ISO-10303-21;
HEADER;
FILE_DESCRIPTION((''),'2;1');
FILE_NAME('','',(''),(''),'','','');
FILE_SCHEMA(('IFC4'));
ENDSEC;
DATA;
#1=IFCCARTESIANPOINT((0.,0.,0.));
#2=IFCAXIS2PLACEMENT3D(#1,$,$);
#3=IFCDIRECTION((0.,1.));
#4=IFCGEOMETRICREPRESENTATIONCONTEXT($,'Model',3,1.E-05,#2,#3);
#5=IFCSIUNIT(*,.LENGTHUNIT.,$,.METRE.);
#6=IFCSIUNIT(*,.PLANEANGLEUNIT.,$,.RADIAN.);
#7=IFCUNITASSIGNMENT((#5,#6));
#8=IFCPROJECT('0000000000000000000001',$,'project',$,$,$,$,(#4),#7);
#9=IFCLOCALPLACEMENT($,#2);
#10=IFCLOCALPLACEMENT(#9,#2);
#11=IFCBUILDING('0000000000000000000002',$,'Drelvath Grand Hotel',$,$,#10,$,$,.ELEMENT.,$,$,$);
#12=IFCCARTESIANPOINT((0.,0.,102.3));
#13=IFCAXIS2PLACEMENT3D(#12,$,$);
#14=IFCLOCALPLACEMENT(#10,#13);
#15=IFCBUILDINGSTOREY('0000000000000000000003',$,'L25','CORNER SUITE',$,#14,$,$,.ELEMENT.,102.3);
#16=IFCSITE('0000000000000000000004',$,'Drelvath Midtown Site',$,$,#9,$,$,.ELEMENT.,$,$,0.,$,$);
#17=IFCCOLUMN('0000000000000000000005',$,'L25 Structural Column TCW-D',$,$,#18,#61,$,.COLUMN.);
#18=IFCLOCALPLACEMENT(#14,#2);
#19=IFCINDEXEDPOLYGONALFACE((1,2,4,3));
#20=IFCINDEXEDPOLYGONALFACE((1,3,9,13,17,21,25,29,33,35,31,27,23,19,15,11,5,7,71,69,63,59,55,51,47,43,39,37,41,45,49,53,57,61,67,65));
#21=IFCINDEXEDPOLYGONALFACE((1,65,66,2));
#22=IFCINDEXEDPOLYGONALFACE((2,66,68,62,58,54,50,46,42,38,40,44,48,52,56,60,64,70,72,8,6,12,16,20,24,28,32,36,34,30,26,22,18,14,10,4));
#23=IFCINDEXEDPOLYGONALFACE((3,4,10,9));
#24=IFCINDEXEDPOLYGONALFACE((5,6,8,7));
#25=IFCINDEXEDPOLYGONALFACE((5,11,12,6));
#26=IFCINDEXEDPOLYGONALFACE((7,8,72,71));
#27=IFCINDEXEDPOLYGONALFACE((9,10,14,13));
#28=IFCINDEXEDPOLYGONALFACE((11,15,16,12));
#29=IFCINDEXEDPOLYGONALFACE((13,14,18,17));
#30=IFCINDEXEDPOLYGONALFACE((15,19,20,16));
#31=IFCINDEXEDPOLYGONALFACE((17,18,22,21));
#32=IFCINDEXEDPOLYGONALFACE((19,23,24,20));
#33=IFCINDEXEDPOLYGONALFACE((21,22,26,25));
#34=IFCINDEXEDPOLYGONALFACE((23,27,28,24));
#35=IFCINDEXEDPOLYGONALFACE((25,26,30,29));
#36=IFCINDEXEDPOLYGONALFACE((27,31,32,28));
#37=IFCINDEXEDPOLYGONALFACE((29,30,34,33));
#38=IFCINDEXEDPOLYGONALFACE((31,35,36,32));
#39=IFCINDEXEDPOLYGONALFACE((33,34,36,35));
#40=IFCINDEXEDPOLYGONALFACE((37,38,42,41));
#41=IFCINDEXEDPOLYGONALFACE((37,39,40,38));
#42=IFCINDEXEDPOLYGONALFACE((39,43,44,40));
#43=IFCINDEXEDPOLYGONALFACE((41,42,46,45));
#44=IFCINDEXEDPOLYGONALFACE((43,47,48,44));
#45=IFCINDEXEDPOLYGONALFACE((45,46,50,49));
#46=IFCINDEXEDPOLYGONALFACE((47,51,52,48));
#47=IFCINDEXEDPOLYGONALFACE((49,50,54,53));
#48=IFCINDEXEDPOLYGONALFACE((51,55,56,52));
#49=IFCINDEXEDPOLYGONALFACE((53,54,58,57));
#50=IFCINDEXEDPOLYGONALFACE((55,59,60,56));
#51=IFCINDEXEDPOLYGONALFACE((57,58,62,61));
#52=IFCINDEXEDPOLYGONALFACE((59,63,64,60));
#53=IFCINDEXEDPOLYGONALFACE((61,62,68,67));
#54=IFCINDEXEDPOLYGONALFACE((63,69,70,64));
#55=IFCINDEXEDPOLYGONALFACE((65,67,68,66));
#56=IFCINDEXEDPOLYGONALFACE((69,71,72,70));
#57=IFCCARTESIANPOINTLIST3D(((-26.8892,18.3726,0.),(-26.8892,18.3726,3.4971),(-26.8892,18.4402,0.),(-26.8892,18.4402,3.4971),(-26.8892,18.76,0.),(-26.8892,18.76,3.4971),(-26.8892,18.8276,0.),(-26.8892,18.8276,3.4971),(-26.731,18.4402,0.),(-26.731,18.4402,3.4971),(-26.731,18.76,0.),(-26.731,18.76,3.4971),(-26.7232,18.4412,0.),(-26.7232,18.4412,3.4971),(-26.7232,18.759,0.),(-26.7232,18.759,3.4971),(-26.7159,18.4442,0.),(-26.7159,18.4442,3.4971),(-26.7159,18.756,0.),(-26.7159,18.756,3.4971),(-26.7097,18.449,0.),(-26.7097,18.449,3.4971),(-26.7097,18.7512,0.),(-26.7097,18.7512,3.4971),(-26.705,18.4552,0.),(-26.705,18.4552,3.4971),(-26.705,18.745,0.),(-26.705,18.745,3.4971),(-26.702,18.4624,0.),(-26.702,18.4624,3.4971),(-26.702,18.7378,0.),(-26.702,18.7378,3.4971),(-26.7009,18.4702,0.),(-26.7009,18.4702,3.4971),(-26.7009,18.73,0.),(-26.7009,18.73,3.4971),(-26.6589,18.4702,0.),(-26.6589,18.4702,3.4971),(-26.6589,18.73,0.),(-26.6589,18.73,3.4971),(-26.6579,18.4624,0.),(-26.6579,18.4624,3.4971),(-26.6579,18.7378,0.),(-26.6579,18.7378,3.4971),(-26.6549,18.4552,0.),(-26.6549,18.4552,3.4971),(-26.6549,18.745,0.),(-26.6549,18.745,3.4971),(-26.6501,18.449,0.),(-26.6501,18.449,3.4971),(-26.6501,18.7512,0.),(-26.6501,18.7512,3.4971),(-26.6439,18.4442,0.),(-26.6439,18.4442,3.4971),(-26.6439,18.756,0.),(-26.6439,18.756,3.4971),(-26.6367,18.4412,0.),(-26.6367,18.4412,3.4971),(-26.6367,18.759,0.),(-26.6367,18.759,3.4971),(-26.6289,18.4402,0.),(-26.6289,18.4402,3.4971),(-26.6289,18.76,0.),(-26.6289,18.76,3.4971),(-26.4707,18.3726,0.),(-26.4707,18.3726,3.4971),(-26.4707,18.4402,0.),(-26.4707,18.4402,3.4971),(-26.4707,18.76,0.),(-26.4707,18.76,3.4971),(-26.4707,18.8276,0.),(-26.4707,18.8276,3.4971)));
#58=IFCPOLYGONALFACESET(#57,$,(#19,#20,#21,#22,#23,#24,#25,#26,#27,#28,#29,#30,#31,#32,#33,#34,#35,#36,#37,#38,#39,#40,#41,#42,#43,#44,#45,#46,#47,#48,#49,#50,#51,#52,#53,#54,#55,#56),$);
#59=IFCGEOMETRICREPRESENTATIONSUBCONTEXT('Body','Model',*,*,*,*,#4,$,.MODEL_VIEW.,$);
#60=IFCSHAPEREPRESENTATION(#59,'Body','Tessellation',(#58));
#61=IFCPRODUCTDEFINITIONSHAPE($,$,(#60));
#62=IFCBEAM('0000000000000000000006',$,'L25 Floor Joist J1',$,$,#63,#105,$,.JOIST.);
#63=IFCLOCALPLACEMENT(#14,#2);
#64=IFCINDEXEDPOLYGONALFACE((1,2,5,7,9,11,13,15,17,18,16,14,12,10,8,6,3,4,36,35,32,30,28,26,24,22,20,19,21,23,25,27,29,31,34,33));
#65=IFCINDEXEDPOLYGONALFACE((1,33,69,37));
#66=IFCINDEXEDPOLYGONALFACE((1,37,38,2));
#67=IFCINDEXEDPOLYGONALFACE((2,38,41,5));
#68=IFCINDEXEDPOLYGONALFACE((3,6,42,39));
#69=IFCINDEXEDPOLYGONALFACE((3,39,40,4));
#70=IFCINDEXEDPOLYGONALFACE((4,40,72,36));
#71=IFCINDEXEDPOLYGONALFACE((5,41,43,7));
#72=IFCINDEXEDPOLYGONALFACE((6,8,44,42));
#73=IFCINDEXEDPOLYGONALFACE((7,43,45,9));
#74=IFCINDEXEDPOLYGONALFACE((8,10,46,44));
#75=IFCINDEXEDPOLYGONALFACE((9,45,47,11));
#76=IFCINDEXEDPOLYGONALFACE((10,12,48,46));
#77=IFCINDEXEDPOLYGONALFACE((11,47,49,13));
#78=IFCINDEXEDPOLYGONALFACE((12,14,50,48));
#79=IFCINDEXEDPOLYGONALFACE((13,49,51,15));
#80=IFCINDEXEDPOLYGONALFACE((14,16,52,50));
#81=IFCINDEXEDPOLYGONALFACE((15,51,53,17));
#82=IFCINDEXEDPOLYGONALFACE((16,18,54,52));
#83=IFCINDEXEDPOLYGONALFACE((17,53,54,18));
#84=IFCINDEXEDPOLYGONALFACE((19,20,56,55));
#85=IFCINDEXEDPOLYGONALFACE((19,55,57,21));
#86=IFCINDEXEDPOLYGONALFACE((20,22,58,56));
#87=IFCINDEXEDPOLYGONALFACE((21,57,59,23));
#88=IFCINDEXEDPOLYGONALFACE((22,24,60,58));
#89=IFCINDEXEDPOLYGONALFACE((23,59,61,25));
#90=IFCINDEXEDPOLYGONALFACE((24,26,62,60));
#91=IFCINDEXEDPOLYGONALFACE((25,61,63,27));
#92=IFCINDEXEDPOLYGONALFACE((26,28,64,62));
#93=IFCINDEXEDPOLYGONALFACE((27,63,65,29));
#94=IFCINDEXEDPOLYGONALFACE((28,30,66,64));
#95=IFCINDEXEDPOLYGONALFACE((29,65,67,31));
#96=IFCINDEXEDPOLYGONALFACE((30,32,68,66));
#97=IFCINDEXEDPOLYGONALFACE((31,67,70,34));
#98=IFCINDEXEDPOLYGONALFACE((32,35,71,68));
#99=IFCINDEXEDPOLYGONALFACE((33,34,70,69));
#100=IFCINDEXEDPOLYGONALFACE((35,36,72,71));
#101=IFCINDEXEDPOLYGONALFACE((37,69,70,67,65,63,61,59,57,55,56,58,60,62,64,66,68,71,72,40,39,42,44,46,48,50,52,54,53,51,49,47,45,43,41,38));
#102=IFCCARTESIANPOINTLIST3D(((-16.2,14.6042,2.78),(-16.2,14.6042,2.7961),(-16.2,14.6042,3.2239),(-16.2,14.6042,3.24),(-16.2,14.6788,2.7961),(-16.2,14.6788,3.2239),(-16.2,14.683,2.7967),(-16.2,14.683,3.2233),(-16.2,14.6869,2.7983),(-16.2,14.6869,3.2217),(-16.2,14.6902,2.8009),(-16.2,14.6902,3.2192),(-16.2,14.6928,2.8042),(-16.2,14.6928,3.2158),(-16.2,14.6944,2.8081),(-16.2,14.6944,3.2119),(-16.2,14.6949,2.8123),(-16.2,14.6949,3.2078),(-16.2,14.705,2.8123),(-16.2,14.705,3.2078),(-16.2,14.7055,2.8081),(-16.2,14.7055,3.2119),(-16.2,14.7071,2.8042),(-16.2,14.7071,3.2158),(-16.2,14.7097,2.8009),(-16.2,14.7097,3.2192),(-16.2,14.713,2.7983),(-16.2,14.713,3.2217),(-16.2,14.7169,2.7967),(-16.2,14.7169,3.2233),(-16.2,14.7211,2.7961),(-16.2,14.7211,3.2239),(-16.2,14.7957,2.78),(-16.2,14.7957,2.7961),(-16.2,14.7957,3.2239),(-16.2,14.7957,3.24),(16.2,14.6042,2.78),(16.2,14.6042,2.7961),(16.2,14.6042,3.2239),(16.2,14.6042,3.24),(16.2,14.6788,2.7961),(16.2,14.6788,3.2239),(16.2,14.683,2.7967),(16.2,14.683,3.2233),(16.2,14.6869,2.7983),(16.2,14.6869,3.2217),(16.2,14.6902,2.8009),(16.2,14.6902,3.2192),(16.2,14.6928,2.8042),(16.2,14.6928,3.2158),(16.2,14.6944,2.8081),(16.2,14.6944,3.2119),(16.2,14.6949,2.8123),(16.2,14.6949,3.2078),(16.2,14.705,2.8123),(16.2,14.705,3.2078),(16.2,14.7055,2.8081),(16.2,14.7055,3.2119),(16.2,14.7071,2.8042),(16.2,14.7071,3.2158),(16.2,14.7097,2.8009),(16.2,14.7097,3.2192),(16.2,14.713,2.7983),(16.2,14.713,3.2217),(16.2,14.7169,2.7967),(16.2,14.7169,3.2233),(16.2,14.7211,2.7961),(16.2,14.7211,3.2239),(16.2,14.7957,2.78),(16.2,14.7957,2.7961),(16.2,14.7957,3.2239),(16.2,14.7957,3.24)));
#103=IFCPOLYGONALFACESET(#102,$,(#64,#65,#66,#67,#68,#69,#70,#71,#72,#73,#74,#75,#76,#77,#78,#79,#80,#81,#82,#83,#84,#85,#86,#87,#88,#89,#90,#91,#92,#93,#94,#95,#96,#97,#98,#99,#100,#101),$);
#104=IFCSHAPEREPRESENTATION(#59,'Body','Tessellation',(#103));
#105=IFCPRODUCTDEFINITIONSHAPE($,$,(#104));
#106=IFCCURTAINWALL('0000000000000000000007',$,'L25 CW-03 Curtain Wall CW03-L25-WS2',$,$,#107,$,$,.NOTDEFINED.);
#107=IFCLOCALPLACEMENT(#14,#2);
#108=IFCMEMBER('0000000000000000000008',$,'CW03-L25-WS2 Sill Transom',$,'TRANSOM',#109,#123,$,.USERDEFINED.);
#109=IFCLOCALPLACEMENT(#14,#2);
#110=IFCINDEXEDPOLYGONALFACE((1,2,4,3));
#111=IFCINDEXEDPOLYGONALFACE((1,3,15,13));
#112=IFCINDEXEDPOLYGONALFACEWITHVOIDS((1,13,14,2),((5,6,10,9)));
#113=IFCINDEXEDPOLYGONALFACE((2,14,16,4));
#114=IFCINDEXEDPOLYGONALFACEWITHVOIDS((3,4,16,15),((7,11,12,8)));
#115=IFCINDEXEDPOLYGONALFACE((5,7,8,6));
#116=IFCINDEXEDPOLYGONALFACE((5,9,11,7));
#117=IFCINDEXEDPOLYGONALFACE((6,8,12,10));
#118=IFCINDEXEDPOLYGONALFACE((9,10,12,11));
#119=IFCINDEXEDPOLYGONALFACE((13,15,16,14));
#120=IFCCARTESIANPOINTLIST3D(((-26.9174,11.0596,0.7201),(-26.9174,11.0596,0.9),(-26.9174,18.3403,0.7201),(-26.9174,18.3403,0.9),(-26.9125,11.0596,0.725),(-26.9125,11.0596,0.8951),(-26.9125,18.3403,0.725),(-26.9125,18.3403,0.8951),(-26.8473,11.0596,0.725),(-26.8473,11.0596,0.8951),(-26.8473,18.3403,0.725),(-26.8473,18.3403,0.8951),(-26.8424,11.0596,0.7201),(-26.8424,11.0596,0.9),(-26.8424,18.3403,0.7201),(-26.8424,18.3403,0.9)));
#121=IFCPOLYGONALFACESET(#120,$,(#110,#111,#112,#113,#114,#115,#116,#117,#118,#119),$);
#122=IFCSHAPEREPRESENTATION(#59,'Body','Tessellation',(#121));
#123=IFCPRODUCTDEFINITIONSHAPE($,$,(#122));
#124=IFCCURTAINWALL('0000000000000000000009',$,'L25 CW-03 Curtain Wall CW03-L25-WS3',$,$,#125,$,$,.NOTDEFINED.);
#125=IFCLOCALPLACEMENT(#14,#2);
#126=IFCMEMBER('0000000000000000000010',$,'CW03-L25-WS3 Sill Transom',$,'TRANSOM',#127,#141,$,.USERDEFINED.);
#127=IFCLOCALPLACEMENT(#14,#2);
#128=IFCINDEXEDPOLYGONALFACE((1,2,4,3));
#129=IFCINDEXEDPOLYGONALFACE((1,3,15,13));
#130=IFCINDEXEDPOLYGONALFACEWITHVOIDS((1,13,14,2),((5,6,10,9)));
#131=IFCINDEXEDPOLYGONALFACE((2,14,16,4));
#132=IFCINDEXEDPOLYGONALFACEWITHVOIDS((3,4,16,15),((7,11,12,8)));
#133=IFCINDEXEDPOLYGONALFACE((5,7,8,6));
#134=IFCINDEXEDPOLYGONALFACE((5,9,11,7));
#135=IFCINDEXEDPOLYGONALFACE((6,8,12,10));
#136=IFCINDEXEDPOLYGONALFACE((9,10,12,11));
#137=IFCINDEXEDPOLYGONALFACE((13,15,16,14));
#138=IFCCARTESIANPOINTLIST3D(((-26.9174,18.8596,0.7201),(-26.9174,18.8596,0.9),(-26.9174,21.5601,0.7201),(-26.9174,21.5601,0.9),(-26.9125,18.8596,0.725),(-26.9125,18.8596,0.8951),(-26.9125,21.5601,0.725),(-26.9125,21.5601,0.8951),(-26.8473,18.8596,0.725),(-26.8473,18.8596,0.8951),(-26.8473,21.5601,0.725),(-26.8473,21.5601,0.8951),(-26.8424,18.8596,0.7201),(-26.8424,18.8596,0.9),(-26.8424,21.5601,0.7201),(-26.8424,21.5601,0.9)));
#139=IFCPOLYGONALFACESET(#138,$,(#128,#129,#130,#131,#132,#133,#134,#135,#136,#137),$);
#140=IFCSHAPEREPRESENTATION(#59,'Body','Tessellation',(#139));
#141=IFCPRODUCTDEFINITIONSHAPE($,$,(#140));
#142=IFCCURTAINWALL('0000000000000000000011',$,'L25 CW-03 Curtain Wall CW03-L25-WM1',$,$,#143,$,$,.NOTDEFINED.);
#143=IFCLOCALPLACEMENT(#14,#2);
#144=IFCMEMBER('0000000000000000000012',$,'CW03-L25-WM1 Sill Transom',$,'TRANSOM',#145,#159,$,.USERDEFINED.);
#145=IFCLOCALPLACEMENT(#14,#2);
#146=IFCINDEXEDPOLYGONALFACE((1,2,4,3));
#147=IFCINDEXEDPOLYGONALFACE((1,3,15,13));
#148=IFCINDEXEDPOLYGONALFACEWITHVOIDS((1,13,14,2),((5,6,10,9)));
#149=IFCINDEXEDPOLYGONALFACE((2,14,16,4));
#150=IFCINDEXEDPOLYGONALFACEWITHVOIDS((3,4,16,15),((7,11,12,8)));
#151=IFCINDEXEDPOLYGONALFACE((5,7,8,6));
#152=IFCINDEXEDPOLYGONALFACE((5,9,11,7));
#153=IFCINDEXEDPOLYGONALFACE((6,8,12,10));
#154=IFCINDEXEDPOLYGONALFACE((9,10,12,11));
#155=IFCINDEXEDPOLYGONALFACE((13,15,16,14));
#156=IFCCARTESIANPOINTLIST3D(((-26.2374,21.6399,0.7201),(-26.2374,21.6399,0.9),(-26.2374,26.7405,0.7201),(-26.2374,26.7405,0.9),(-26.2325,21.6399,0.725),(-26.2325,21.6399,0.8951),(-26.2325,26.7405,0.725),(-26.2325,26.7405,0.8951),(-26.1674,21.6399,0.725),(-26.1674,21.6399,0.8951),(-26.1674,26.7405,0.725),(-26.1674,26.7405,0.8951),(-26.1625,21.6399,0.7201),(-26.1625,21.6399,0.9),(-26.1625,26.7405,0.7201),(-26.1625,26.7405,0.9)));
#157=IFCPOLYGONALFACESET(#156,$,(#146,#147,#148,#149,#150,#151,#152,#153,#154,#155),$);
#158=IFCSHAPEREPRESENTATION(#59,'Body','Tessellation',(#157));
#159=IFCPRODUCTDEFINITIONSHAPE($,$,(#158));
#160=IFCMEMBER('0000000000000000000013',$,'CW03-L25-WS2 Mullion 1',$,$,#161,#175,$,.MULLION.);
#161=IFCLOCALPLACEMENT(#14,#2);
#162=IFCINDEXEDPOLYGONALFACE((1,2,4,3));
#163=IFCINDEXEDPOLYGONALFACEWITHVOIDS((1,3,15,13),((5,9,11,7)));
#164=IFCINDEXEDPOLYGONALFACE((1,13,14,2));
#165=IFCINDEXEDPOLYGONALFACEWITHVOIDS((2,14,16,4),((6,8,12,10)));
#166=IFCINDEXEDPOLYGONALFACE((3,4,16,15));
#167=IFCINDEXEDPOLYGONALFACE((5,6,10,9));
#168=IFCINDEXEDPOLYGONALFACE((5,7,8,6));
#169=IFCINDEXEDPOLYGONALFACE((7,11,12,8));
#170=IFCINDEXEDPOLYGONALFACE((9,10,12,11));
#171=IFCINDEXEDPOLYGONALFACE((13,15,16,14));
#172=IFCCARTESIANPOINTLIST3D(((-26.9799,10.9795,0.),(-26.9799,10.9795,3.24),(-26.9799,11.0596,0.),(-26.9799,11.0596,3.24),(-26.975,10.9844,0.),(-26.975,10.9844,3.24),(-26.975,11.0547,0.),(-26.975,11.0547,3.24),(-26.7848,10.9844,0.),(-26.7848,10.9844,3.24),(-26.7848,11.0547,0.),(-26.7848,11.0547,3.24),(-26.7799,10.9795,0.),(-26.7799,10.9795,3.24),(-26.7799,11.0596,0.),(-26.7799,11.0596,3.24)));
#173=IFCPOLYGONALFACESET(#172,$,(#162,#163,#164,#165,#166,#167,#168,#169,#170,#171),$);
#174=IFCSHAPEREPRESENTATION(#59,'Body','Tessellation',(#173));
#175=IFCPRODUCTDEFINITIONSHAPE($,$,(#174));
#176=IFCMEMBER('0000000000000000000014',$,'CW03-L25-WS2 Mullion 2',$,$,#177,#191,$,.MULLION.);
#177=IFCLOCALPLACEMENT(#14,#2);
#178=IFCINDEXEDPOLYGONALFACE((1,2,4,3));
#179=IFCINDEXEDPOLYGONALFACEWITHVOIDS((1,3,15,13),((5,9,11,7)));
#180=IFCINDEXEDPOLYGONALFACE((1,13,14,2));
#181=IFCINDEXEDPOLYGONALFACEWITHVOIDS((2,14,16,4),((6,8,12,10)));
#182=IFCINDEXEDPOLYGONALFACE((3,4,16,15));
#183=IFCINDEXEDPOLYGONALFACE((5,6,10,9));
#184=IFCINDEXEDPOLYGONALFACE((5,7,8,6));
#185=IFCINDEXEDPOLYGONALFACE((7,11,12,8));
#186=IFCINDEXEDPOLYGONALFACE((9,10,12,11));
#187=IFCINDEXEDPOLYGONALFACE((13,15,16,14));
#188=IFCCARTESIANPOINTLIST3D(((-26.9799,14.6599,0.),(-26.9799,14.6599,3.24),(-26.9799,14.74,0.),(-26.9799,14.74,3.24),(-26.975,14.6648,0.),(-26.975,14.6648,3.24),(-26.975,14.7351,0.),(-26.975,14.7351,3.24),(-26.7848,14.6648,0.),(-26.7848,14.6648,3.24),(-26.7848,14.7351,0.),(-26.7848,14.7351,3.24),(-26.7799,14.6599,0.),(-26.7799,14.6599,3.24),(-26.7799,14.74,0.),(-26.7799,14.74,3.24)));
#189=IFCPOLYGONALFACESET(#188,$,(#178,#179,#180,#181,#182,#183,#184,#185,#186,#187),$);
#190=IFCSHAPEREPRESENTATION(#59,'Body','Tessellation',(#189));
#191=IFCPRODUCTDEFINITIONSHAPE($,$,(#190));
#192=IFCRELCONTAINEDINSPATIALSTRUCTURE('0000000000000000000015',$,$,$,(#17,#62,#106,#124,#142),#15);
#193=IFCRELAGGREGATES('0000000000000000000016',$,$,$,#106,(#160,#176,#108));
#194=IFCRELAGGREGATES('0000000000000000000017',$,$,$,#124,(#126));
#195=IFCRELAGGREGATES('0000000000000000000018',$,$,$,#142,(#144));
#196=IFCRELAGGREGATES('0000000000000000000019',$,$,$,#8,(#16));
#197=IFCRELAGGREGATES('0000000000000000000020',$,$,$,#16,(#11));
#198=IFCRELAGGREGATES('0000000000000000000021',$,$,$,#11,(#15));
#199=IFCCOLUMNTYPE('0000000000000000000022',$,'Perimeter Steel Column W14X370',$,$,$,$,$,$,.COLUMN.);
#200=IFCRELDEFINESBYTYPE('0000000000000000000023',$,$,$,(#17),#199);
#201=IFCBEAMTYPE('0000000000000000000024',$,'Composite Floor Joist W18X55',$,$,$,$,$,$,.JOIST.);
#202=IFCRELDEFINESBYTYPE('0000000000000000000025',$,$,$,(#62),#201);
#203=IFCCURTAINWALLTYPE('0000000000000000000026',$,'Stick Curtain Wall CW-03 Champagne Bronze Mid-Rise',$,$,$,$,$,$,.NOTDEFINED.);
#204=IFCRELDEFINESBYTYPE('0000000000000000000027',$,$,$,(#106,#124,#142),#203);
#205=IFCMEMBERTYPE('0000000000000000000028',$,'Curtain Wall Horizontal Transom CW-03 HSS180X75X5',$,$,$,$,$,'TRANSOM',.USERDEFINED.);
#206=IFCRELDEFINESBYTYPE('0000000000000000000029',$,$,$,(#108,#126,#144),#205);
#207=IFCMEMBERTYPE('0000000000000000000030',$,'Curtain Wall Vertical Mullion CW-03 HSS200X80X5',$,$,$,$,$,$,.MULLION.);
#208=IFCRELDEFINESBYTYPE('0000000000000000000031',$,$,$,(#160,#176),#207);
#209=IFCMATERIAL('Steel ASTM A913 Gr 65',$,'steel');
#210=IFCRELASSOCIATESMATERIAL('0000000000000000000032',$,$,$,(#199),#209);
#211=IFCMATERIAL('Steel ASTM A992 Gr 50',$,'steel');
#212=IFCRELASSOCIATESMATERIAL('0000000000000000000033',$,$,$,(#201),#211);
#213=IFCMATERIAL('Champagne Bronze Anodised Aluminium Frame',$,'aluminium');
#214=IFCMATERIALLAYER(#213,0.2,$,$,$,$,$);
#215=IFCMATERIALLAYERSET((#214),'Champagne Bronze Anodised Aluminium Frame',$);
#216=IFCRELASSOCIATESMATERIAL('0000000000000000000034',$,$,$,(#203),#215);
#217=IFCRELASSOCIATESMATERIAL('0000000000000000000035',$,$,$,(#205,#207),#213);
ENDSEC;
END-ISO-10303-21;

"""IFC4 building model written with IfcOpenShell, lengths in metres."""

from ifc_helpers import new_model, si_unit, direction, frame, origin, origin_2d, place, context, subcontext, project, spatial, hollow_rectangle, i_section, extrude, material, layer, layer_set, material_profile, profile_set, type_object, element, aggregate, save


model = new_model("IFC4")

# Units and contexts
model_context = context("Model", 3, precision=1e-05, world=origin(), true_north=direction((0.0, 1.0)))
body_context = subcontext(model_context, "Body", "Model", "MODEL_VIEW")
ifc_project = project(units=[si_unit("LENGTHUNIT", "METRE"), si_unit("PLANEANGLEUNIT", "RADIAN")], contexts=[model_context])

# Site, building, storey
site_placement = place(None, origin())
site = spatial("IfcSite", under=ifc_project, at=site_placement, Name="Drelvath Midtown Site", CompositionType="ELEMENT", RefElevation=0.0)
building_placement = place(site_placement, origin())
building = spatial("IfcBuilding", under=site, at=building_placement, Name="Drelvath Grand Hotel", CompositionType="ELEMENT")
storey_placement = place(building_placement, frame((0.0, 0.0, 102.3)))
storey = spatial("IfcBuildingStorey", under=building, at=storey_placement, Name="L25", Description="CORNER SUITE", CompositionType="ELEMENT", Elevation=102.3)

# Column
ifc_material_1 = material(Name="Steel ASTM A913 Gr 65", Category="steel")
ifc_material_profile_1 = material_profile(ifc_material_1, i_section(OverallWidth=0.4185, OverallDepth=0.4551, WebThickness=0.042, FlangeThickness=0.0676, FilletRadius=0.03, at=origin_2d()), Name="W14X370")
ifc_profile_set_1 = profile_set([ifc_material_profile_1], Name="Steel ASTM A913 Gr 65")
column_type = type_object("IfcColumnType", Name="Perimeter Steel Column W14X370", PredefinedType="COLUMN", material=ifc_profile_set_1)
column_placement = place(storey_placement, frame((-26.6799, 18.6001, 0.0), z_axis=(0.0, 0.0, 1.0), x_axis=(1.0, 0.0, 0.0)))
element("IfcColumn", 1, at=column_placement, inside=storey, type_object=column_type, Name="L25 Structural Column TCW-D", PredefinedType="COLUMN", context=body_context, shape_type="SweptSolid", body=[
    extrude(i_section(OverallWidth=0.4185, OverallDepth=0.4551, WebThickness=0.042, FlangeThickness=0.0676, FilletRadius=0.03, at=origin_2d()), origin(), (0.0, 0.0, 1.0), 3.4971),
])

# Beam
ifc_material_2 = material(Name="Steel ASTM A992 Gr 50", Category="steel")
ifc_material_profile_2 = material_profile(ifc_material_2, i_section(OverallWidth=0.1914, OverallDepth=0.46, WebThickness=0.01, FlangeThickness=0.0161, FilletRadius=0.0161, at=origin_2d()), Name="W18X55")
ifc_profile_set_2 = profile_set([ifc_material_profile_2], Name="Steel ASTM A992 Gr 50")
beam_type_1 = type_object("IfcBeamType", Name="Composite Floor Joist W18X55", PredefinedType="JOIST", material=ifc_profile_set_2)
beam_1_placement = place(storey_placement, frame((-16.2, 14.7, 3.01), z_axis=(1.0, 0.0, 0.0), x_axis=(0.0, 1.0, 0.0)))
element("IfcBeam", 2, at=beam_1_placement, inside=storey, type_object=beam_type_1, Name="L25 Floor Joist J1", PredefinedType="JOIST", context=body_context, shape_type="SweptSolid", body=[
    extrude(i_section(OverallWidth=0.1914, OverallDepth=0.46, WebThickness=0.01, FlangeThickness=0.0161, FilletRadius=0.0161, at=origin_2d()), origin(), (0.0, 0.0, 1.0), 32.3999),
])

# Curtain walls, members
ifc_material_3 = material(Name="Champagne Bronze Anodised Aluminium Frame", Category="aluminium")
ifc_layer_1 = layer(ifc_material_3, 0.2)
ifc_layer_set_1 = layer_set([ifc_layer_1], Name="Champagne Bronze Anodised Aluminium Frame")
curtain_wall_type = type_object("IfcCurtainWallType", Name="Stick Curtain Wall CW-03 Champagne Bronze Mid-Rise", PredefinedType="NOTDEFINED", material=ifc_layer_set_1)
curtain_wall_1_placement = place(storey_placement, origin())
curtain_wall_1 = element("IfcCurtainWall", 3, at=curtain_wall_1_placement, inside=storey, type_object=curtain_wall_type, Name="L25 CW-03 Curtain Wall CW03-L25-WS2", PredefinedType="NOTDEFINED")
ifc_material_profile_3 = material_profile(ifc_material_3, hollow_rectangle(XDim=0.075, YDim=0.1799, WallThickness=0.0049, at=origin_2d()), Name="HSS180X75X5")
ifc_profile_set_3 = profile_set([ifc_material_profile_3], Name="Champagne Bronze Anodised Aluminium Frame")
member_type_1 = type_object("IfcMemberType", Name="Curtain Wall Horizontal Transom CW-03 HSS180X75X5", ElementType="TRANSOM", PredefinedType="USERDEFINED", material=ifc_profile_set_3)
member_1_placement = place(storey_placement, frame((-26.8799, 11.0596, 0.8101), z_axis=(0.0, 1.0, 0.0), x_axis=(-1.0, 0.0, 0.0)))
member_1 = element("IfcMember", 4, at=member_1_placement, type_object=member_type_1, Name="CW03-L25-WS2 Sill Transom", ObjectType="TRANSOM", PredefinedType="USERDEFINED", context=body_context, shape_type="SweptSolid", body=[
    extrude(hollow_rectangle(XDim=0.075, YDim=0.1799, WallThickness=0.0049, at=origin_2d()), origin(), (0.0, 0.0, 1.0), 7.2808),
])
curtain_wall_2_placement = place(storey_placement, origin())
curtain_wall_2 = element("IfcCurtainWall", 5, at=curtain_wall_2_placement, inside=storey, type_object=curtain_wall_type, Name="L25 CW-03 Curtain Wall CW03-L25-WS3", PredefinedType="NOTDEFINED")
member_2_placement = place(storey_placement, frame((-26.8799, 18.8596, 0.8101), z_axis=(0.0, 1.0, 0.0), x_axis=(-1.0, 0.0, 0.0)))
member_2 = element("IfcMember", 6, at=member_2_placement, type_object=member_type_1, Name="CW03-L25-WS3 Sill Transom", ObjectType="TRANSOM", PredefinedType="USERDEFINED", context=body_context, shape_type="SweptSolid", body=[
    extrude(hollow_rectangle(XDim=0.075, YDim=0.1799, WallThickness=0.0049, at=origin_2d()), origin(), (0.0, 0.0, 1.0), 2.7004),
])
curtain_wall_3_placement = place(storey_placement, origin())
curtain_wall_3 = element("IfcCurtainWall", 7, at=curtain_wall_3_placement, inside=storey, type_object=curtain_wall_type, Name="L25 CW-03 Curtain Wall CW03-L25-WM1", PredefinedType="NOTDEFINED")
member_3_placement = place(storey_placement, frame((-26.2, 21.6399, 0.8101), z_axis=(0.0, 1.0, 0.0), x_axis=(-1.0, 0.0, 0.0)))
member_3 = element("IfcMember", 8, at=member_3_placement, type_object=member_type_1, Name="CW03-L25-WM1 Sill Transom", ObjectType="TRANSOM", PredefinedType="USERDEFINED", context=body_context, shape_type="SweptSolid", body=[
    extrude(hollow_rectangle(XDim=0.075, YDim=0.1799, WallThickness=0.0049, at=origin_2d()), origin(), (0.0, 0.0, 1.0), 5.1006),
])

# Members
ifc_material_profile_4 = material_profile(ifc_material_3, hollow_rectangle(XDim=0.0801, YDim=0.2, WallThickness=0.0049, at=origin_2d()), Name="HSS200X80X5")
ifc_profile_set_4 = profile_set([ifc_material_profile_4], Name="Champagne Bronze Anodised Aluminium Frame")
member_type_2 = type_object("IfcMemberType", Name="Curtain Wall Vertical Mullion CW-03 HSS200X80X5", PredefinedType="MULLION", material=ifc_profile_set_4)
member_4_placement = place(storey_placement, frame((-26.8799, 11.0195, 0.0), z_axis=(0.0, 0.0, 1.0), x_axis=(0.0, 1.0, 0.0)))
member_4 = element("IfcMember", 9, at=member_4_placement, type_object=member_type_2, Name="CW03-L25-WS2 Mullion 1", PredefinedType="MULLION", context=body_context, shape_type="SweptSolid", body=[
    extrude(hollow_rectangle(XDim=0.0801, YDim=0.2, WallThickness=0.0049, at=origin_2d()), origin(), (0.0, 0.0, 1.0), 3.24),
])
member_5_placement = place(storey_placement, frame((-26.8799, 14.7, 0.0), z_axis=(0.0, 0.0, 1.0), x_axis=(0.0, 1.0, 0.0)))
member_5 = element("IfcMember", 10, at=member_5_placement, type_object=member_type_2, Name="CW03-L25-WS2 Mullion 2", PredefinedType="MULLION", context=body_context, shape_type="SweptSolid", body=[
    extrude(hollow_rectangle(XDim=0.0801, YDim=0.2, WallThickness=0.0049, at=origin_2d()), origin(), (0.0, 0.0, 1.0), 3.24),
])

aggregate(curtain_wall_1, [member_4, member_5, member_1])
aggregate(curtain_wall_2, [member_2])
aggregate(curtain_wall_3, [member_3])

save(model, "model.ifc")
